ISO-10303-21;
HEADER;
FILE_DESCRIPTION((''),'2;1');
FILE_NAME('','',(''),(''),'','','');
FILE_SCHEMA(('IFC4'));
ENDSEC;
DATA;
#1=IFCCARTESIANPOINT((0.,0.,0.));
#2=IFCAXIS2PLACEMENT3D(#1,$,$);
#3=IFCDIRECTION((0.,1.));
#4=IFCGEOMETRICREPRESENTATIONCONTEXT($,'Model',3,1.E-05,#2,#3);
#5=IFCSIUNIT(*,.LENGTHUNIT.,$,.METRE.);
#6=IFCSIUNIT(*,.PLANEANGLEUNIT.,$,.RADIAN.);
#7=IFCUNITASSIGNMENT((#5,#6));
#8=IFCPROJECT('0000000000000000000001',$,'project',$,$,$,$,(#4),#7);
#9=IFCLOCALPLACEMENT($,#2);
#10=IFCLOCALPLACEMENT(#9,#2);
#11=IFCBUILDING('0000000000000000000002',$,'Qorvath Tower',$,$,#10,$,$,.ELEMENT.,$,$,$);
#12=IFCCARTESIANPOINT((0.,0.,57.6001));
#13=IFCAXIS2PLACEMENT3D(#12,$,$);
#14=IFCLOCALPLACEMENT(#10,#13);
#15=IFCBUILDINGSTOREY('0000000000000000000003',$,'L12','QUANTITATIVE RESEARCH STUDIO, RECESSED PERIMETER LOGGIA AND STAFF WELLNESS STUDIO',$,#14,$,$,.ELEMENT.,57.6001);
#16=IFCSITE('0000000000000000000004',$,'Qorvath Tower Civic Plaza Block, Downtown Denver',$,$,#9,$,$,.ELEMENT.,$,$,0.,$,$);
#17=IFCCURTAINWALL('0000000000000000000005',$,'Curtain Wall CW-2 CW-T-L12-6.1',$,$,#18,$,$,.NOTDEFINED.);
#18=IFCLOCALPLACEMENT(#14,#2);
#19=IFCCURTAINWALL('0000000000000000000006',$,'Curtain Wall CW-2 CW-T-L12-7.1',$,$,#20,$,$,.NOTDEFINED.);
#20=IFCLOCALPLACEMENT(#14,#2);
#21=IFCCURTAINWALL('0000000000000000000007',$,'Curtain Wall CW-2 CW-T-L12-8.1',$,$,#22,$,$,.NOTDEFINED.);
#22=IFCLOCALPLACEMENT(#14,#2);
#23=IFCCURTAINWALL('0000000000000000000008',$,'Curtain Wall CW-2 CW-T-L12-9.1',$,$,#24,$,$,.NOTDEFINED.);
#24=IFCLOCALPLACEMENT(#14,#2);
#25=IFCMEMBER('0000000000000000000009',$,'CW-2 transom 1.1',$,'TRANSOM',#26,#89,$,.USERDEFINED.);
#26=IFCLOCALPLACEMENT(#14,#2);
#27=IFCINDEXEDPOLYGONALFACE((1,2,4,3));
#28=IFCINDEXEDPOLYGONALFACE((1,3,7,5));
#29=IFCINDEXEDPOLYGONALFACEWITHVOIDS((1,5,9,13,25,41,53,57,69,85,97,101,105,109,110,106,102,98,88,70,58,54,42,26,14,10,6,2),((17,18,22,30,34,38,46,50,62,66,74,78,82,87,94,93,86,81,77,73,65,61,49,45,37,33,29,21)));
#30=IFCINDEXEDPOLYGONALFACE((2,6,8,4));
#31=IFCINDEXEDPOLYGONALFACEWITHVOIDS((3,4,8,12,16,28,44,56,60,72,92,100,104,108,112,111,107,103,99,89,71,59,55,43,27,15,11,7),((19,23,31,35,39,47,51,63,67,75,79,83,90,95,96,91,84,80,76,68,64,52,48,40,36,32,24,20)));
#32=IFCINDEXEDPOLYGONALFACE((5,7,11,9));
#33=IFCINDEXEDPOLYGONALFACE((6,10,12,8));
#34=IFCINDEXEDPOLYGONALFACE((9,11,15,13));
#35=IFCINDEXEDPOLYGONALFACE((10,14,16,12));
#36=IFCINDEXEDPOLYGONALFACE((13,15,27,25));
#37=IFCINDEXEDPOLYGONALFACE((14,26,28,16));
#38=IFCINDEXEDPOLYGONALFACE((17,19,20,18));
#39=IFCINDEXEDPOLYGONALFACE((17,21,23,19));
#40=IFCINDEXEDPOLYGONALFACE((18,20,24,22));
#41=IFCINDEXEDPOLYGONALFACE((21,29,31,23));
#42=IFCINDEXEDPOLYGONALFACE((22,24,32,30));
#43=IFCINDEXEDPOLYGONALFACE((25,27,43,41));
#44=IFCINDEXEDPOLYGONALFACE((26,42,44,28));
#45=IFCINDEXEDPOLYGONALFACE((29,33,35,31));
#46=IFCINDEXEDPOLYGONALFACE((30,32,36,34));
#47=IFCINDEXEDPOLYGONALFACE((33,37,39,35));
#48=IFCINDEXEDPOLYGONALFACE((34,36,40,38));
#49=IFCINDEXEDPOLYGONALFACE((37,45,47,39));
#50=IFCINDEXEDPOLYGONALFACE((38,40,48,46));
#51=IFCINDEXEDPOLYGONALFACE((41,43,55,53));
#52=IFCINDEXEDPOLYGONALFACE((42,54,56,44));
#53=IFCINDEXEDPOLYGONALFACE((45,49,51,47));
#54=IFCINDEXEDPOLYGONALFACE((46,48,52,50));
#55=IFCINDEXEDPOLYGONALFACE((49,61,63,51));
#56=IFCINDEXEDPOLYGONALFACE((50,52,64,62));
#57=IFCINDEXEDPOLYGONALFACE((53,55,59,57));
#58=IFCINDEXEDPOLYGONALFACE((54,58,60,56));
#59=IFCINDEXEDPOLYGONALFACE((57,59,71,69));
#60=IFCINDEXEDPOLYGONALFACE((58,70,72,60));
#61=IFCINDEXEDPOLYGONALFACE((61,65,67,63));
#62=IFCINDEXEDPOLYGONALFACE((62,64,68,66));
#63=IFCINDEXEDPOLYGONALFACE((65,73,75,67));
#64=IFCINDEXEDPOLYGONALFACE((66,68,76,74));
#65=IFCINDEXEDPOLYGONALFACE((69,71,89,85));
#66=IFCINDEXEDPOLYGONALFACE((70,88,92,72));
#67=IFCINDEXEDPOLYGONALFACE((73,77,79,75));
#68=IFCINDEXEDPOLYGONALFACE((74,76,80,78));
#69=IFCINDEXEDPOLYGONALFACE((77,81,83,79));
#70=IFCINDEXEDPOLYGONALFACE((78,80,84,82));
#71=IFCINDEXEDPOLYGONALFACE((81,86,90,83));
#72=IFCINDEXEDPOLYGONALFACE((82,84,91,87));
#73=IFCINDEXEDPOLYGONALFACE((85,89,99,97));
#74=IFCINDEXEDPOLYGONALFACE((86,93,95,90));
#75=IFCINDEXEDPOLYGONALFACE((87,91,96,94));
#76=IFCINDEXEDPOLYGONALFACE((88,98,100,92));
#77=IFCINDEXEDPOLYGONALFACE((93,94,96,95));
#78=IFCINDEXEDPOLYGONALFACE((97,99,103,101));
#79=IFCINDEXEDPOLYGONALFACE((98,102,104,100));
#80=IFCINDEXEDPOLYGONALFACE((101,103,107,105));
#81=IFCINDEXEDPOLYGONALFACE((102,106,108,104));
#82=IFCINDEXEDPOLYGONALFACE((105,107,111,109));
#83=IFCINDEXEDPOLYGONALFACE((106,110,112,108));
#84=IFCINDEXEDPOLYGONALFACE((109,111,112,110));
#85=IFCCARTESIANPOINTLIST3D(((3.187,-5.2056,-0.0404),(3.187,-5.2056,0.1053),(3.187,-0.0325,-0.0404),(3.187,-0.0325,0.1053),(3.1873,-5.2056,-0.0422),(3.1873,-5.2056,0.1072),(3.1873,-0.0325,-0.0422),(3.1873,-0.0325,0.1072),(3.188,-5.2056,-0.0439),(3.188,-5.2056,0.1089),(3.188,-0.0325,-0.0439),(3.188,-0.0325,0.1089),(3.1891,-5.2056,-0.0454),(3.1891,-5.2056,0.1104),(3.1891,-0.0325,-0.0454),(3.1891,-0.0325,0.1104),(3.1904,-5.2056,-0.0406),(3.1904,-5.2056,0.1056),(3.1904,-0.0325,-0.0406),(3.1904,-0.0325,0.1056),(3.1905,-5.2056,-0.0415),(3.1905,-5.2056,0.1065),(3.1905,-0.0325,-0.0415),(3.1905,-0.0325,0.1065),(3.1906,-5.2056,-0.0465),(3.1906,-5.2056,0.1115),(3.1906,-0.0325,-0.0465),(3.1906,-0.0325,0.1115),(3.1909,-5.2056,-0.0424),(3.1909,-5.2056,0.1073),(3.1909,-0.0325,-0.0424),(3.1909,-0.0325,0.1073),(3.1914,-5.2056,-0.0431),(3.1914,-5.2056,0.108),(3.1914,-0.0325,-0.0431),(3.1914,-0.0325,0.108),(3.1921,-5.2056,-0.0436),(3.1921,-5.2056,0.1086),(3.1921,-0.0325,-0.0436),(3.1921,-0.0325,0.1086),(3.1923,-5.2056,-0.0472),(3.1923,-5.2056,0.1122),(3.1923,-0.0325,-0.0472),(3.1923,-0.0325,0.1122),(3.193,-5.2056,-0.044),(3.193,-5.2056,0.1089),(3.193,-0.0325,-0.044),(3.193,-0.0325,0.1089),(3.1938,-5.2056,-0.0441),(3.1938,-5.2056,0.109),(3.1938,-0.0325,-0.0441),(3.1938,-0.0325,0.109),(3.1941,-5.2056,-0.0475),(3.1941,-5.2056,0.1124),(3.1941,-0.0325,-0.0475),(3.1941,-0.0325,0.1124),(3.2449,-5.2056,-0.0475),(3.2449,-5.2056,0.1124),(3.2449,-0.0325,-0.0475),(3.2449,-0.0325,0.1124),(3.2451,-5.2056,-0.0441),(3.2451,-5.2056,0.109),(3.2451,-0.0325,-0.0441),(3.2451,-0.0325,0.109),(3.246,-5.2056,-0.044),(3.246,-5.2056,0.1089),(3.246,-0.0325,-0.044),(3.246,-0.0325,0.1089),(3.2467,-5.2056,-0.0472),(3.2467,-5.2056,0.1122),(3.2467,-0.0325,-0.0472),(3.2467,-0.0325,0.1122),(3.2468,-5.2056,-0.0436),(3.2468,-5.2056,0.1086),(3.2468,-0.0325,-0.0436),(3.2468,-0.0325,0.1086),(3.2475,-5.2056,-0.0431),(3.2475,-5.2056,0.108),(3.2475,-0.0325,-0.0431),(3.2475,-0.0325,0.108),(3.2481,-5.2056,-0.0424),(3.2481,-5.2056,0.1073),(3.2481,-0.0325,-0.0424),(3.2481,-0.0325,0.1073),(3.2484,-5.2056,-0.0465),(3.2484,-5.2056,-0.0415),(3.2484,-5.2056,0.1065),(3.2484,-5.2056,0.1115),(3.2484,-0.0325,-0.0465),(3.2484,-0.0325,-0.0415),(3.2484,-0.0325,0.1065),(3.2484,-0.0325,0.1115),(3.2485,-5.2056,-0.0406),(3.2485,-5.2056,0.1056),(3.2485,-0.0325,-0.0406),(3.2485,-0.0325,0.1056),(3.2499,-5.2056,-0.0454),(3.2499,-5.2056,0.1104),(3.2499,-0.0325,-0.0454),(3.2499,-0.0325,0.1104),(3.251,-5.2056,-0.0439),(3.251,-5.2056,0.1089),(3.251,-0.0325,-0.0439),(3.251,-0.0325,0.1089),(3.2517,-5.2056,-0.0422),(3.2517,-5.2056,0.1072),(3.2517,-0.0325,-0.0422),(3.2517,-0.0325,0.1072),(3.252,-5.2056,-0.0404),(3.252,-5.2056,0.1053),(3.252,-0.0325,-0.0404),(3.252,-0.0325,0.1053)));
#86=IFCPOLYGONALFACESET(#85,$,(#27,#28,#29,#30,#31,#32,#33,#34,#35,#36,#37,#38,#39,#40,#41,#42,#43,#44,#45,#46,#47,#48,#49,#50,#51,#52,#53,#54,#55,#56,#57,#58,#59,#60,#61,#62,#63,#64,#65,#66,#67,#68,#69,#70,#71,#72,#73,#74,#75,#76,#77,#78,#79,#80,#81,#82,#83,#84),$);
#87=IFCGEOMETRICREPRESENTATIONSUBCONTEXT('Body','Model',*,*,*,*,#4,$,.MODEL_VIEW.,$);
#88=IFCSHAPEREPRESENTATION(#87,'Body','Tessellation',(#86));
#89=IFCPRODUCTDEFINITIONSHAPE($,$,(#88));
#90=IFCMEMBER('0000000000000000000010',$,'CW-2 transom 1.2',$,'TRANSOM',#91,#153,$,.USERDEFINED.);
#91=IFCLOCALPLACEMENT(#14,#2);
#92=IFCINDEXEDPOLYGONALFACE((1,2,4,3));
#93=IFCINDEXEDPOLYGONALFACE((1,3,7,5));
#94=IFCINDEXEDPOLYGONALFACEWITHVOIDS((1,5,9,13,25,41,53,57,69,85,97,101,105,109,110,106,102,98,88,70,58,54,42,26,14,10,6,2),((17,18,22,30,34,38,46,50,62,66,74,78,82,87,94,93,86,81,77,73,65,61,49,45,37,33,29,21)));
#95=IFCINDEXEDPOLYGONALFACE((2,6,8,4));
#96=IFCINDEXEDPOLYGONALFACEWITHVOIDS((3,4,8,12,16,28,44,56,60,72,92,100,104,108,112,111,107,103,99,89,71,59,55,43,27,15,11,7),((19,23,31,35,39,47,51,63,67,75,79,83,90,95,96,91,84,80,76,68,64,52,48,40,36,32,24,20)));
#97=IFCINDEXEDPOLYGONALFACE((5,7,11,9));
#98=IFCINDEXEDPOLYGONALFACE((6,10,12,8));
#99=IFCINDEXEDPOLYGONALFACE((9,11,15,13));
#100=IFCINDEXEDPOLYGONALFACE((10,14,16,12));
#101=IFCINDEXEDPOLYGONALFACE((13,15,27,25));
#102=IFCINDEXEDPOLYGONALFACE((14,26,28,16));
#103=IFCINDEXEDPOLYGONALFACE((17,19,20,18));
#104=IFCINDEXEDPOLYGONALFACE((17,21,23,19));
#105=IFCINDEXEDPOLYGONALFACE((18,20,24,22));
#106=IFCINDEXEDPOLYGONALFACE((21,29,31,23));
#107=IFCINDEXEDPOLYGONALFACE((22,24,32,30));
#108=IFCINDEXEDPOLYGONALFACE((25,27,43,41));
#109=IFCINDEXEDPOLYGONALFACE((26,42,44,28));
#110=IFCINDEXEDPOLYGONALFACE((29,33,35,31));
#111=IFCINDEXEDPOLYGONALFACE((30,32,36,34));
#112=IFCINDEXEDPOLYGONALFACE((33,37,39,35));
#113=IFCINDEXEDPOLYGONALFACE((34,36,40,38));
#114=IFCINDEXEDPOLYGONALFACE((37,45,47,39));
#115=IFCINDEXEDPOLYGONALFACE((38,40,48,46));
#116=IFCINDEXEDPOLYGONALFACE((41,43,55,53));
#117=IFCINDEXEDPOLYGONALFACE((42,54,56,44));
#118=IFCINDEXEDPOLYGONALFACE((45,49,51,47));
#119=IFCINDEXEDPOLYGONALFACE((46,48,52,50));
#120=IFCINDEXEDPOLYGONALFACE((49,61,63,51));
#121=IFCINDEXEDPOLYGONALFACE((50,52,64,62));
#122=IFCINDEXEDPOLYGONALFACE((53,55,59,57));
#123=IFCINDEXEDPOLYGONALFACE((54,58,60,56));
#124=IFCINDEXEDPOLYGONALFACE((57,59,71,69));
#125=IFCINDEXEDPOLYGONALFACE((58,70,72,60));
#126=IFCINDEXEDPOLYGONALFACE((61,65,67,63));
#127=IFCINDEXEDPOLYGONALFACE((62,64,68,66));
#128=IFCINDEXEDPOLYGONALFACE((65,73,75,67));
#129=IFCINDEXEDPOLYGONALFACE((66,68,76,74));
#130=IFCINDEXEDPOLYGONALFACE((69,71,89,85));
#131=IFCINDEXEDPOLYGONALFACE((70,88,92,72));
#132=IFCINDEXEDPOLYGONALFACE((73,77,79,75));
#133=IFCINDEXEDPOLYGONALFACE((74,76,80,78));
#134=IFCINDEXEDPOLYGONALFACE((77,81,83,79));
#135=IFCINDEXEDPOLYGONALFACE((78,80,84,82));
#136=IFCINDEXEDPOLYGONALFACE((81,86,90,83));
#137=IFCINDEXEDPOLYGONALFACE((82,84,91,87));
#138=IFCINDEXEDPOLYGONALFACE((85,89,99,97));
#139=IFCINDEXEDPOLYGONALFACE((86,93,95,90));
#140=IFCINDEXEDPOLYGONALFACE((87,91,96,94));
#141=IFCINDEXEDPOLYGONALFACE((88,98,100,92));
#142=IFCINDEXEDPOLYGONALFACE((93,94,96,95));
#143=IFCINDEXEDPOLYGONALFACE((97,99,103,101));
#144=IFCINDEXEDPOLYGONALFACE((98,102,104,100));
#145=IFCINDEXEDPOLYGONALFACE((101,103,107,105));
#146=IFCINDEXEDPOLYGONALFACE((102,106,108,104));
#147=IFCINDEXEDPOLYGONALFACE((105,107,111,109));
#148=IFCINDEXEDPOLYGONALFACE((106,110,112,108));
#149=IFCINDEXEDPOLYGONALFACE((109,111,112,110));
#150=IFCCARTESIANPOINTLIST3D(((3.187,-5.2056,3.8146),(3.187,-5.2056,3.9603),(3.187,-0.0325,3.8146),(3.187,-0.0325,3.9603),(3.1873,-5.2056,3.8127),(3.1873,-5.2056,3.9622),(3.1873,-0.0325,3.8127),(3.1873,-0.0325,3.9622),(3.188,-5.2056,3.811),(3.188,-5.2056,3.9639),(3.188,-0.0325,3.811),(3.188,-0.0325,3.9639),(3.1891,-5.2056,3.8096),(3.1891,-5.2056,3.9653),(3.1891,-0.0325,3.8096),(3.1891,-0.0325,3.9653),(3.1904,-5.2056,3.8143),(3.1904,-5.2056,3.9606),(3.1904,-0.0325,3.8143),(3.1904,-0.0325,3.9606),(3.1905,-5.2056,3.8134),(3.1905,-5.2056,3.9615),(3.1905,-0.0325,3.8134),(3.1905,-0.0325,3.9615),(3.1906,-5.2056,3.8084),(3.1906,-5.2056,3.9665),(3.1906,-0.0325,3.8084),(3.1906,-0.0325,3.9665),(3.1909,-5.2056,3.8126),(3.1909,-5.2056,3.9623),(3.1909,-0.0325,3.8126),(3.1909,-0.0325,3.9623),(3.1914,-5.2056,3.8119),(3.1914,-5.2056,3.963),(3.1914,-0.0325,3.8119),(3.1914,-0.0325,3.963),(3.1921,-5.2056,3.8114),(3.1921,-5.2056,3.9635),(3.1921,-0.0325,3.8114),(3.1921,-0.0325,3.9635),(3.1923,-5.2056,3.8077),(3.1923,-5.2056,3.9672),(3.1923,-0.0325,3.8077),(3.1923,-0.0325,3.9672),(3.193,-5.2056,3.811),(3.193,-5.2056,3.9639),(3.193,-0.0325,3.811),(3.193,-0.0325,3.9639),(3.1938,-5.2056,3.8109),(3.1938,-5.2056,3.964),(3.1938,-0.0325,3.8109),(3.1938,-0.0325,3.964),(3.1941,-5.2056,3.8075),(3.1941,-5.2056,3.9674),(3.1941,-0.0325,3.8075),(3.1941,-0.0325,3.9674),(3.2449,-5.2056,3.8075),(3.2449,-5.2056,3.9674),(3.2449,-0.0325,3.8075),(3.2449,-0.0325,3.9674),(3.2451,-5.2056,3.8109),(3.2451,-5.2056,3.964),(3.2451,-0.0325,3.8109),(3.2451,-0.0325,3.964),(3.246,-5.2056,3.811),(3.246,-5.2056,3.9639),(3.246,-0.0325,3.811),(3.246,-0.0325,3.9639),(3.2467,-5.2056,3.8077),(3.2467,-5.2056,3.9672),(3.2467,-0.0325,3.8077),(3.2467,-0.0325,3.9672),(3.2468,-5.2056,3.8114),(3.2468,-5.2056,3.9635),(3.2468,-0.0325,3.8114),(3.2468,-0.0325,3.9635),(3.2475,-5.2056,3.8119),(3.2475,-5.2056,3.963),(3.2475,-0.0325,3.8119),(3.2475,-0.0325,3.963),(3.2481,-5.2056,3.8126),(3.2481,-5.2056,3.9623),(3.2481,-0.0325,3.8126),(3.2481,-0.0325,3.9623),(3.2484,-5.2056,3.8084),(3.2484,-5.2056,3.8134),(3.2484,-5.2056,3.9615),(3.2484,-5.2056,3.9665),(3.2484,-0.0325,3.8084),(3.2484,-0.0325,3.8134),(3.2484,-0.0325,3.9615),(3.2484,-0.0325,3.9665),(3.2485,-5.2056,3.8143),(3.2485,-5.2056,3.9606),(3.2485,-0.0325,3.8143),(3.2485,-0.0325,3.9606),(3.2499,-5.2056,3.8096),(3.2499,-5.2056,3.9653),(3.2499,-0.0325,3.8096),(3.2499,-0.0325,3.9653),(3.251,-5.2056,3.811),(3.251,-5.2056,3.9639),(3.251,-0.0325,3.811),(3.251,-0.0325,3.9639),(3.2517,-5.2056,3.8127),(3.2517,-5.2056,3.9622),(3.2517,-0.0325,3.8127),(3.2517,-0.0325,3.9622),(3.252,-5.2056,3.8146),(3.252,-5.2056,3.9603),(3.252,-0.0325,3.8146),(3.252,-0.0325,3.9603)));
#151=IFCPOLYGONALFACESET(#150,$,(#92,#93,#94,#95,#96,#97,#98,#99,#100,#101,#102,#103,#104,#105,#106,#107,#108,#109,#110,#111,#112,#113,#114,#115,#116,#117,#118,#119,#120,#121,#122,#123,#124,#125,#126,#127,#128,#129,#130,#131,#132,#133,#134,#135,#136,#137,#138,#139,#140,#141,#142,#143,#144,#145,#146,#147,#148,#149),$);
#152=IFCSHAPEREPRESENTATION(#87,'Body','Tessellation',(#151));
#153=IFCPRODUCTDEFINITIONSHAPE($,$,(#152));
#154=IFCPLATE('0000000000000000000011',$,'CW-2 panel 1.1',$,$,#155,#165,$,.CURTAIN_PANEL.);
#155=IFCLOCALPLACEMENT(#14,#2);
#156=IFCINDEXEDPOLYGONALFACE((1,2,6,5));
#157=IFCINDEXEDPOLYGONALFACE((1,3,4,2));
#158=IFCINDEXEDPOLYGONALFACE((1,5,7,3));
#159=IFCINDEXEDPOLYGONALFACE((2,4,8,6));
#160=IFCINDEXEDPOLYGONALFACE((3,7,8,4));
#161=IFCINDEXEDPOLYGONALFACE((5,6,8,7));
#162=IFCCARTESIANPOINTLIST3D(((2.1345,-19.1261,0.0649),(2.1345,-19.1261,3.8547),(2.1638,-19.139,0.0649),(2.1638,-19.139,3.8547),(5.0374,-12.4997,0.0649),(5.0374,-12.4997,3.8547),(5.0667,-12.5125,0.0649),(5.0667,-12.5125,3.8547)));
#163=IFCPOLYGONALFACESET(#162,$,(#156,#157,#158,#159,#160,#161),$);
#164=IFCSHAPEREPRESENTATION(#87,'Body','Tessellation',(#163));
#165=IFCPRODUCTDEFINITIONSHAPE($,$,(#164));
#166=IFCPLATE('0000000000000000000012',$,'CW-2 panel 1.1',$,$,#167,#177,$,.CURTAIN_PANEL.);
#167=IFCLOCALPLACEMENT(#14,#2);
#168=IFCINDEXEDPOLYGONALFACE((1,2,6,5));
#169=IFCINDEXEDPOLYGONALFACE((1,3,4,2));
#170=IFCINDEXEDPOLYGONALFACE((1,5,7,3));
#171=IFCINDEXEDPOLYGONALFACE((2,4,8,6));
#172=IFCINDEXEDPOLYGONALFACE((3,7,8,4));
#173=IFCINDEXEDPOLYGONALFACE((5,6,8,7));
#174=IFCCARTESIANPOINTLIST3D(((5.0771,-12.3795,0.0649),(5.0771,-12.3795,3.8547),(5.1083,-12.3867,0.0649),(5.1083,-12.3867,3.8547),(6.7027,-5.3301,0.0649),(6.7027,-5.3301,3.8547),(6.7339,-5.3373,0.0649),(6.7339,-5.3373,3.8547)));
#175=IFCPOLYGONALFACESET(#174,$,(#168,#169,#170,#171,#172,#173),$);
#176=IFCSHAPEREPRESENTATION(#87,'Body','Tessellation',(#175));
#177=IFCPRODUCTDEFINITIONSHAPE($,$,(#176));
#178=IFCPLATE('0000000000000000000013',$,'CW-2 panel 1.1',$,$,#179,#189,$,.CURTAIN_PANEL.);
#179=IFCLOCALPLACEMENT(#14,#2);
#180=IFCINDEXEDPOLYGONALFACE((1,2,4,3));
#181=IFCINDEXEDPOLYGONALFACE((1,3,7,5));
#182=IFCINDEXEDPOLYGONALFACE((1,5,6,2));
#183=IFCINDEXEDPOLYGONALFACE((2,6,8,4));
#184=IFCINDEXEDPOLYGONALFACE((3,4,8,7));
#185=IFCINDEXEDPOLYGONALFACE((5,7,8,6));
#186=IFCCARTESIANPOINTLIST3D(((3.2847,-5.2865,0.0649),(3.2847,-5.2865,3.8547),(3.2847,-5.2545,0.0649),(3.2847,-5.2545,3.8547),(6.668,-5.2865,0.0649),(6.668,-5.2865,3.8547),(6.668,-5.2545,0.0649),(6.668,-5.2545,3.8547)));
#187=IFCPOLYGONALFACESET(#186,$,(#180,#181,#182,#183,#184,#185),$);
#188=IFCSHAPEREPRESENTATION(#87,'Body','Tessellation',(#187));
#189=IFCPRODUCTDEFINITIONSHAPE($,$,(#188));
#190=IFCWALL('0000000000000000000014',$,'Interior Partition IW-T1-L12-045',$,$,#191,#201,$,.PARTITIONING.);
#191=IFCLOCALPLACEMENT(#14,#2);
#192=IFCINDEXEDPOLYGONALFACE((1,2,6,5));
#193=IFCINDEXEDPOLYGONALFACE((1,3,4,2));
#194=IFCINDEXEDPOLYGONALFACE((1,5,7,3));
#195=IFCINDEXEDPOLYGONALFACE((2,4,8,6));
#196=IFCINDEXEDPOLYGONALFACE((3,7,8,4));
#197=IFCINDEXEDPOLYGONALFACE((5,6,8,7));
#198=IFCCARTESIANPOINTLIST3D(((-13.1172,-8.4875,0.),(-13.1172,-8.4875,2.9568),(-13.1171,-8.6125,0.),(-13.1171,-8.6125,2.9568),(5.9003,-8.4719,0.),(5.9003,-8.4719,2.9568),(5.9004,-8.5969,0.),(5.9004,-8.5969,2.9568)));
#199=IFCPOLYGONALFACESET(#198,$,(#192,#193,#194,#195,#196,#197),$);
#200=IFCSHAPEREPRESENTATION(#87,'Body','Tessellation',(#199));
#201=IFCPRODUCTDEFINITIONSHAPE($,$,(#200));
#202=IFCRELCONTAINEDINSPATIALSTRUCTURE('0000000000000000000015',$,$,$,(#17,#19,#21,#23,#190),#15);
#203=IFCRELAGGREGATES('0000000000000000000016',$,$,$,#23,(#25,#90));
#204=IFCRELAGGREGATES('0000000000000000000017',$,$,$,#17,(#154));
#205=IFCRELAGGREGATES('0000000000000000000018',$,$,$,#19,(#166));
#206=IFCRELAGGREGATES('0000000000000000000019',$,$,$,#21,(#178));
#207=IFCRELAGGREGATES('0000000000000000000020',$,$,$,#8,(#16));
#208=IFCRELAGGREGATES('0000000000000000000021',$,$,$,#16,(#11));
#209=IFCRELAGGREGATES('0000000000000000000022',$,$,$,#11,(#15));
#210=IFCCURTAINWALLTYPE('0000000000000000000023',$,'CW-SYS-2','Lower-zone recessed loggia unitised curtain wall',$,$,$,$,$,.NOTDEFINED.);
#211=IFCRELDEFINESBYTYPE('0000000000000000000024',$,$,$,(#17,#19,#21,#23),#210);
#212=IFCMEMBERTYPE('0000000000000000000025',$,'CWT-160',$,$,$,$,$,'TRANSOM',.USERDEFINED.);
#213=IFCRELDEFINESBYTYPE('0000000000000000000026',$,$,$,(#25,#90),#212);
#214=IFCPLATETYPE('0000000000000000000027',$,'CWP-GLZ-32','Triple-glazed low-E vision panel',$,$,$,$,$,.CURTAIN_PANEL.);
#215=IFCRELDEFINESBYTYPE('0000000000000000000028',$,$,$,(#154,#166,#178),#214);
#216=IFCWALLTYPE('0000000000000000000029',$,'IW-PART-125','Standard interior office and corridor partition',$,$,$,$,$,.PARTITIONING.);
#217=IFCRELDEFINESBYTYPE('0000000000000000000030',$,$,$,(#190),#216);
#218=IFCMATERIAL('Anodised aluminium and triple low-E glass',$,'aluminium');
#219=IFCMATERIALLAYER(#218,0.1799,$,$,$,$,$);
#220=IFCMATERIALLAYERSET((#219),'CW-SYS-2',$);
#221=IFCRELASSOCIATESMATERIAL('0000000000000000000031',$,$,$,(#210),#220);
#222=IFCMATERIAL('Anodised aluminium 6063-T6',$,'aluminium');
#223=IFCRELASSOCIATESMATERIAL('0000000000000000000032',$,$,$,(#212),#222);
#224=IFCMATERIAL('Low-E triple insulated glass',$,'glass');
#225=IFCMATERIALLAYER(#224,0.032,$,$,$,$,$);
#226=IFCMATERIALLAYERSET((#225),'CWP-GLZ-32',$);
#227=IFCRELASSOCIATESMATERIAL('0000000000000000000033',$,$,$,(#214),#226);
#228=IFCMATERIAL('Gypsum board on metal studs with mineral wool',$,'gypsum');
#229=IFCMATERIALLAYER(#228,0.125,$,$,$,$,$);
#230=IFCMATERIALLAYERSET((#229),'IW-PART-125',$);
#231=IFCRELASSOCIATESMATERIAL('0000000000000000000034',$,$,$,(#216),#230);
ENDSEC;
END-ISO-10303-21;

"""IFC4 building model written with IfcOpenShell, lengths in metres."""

from ifc_helpers import new_model, si_unit, direction, frame, frame_2d, origin, origin_2d, place, context, subcontext, project, spatial, rectangle, hollow_rectangle, extrude, material, layer, layer_set, material_profile, profile_set, type_object, element, aggregate, save


model = new_model("IFC4")

# Units and contexts
model_context = context("Model", 3, precision=1e-05, world=origin(), true_north=direction((0.0, 1.0)))
body_context = subcontext(model_context, "Body", "Model", "MODEL_VIEW")
ifc_project = project(units=[si_unit("LENGTHUNIT", "METRE"), si_unit("PLANEANGLEUNIT", "RADIAN")], contexts=[model_context])

# Site, building, storey
site_placement = place(None, origin())
site = spatial("IfcSite", under=ifc_project, at=site_placement, Name="Qorvath Tower Civic Plaza Block, Downtown Denver", CompositionType="ELEMENT", RefElevation=0.0)
building_placement = place(site_placement, origin())
building = spatial("IfcBuilding", under=site, at=building_placement, Name="Qorvath Tower", CompositionType="ELEMENT")
storey_placement = place(building_placement, frame((0.0, 0.0, 57.6001)))
storey = spatial("IfcBuildingStorey", under=building, at=storey_placement, Name="L12", Description="QUANTITATIVE RESEARCH STUDIO, RECESSED PERIMETER LOGGIA AND STAFF WELLNESS STUDIO", CompositionType="ELEMENT", Elevation=57.6001)

# Curtain wall
ifc_material_1 = material(Name="Anodised aluminium and triple low-E glass", Category="aluminium")
ifc_layer_1 = layer(ifc_material_1, 0.1799)
ifc_layer_set_1 = layer_set([ifc_layer_1], Name="CW-SYS-2")
curtain_wall_type = type_object("IfcCurtainWallType", Name="CW-SYS-2", Description="Lower-zone recessed loggia unitised curtain wall", PredefinedType="NOTDEFINED", material=ifc_layer_set_1)
curtain_wall_1_placement = place(storey_placement, origin())
curtain_wall_1 = element("IfcCurtainWall", 1, at=curtain_wall_1_placement, inside=storey, type_object=curtain_wall_type, Name="Curtain Wall CW-2 CW-T-L12-6.1", PredefinedType="NOTDEFINED")

# Curtain walls
curtain_wall_2_placement = place(storey_placement, origin())
curtain_wall_2 = element("IfcCurtainWall", 2, at=curtain_wall_2_placement, inside=storey, type_object=curtain_wall_type, Name="Curtain Wall CW-2 CW-T-L12-7.1", PredefinedType="NOTDEFINED")
curtain_wall_3_placement = place(storey_placement, origin())
curtain_wall_3 = element("IfcCurtainWall", 3, at=curtain_wall_3_placement, inside=storey, type_object=curtain_wall_type, Name="Curtain Wall CW-2 CW-T-L12-8.1", PredefinedType="NOTDEFINED")

# Curtain wall
curtain_wall_4_placement = place(storey_placement, origin())
curtain_wall_4 = element("IfcCurtainWall", 4, at=curtain_wall_4_placement, inside=storey, type_object=curtain_wall_type, Name="Curtain Wall CW-2 CW-T-L12-9.1", PredefinedType="NOTDEFINED")

# Members
ifc_material_2 = material(Name="Anodised aluminium 6063-T6", Category="aluminium")
ifc_material_profile_1 = material_profile(ifc_material_2, hollow_rectangle(XDim=0.0649, YDim=0.1599, WallThickness=0.0034, InnerFilletRadius=0.0034, OuterFilletRadius=0.0071, at=origin_2d()), Name="CWT 160x65")
ifc_profile_set_1 = profile_set([ifc_material_profile_1], Name="Anodised aluminium 6063-T6")
member_type_1 = type_object("IfcMemberType", Name="CWT-160", ElementType="TRANSOM", PredefinedType="USERDEFINED", material=ifc_profile_set_1)
member_1_placement = place(storey_placement, frame((3.2195, -5.2056, 0.0325), z_axis=(0.0, 1.0, 0.0), x_axis=(-1.0, 0.0, 0.0)))
member_1 = element("IfcMember", 5, at=member_1_placement, type_object=member_type_1, Name="CW-2 transom 1.1", ObjectType="TRANSOM", PredefinedType="USERDEFINED", context=body_context, shape_type="SweptSolid", body=[
    extrude(hollow_rectangle(XDim=0.0649, YDim=0.1599, WallThickness=0.0034, InnerFilletRadius=0.0034, OuterFilletRadius=0.0071, at=origin_2d()), origin(), (0.0, 0.0, 1.0), 5.1731),
])
member_2_placement = place(storey_placement, frame((3.2195, -5.2056, 3.8875), z_axis=(0.0, 1.0, 0.0), x_axis=(-1.0, 0.0, 0.0)))
member_2 = element("IfcMember", 6, at=member_2_placement, type_object=member_type_1, Name="CW-2 transom 1.2", ObjectType="TRANSOM", PredefinedType="USERDEFINED", context=body_context, shape_type="SweptSolid", body=[
    extrude(hollow_rectangle(XDim=0.0649, YDim=0.1599, WallThickness=0.0034, InnerFilletRadius=0.0034, OuterFilletRadius=0.0071, at=origin_2d()), origin(), (0.0, 0.0, 1.0), 5.1731),
])
aggregate(curtain_wall_4, [member_1, member_2])

# Plates
ifc_material_3 = material(Name="Low-E triple insulated glass", Category="glass")
ifc_layer_2 = layer(ifc_material_3, 0.032)
ifc_layer_set_2 = layer_set([ifc_layer_2], Name="CWP-GLZ-32")
plate_type = type_object("IfcPlateType", Name="CWP-GLZ-32", Description="Triple-glazed low-E vision panel", PredefinedType="CURTAIN_PANEL", material=ifc_layer_set_2)
plate_1_placement = place(storey_placement, frame((3.6006, -15.8193, 0.0649), z_axis=(0.0, 0.0, 1.0), x_axis=(0.401263, 0.915963, 0.0)))
plate_1 = element("IfcPlate", 7, at=plate_1_placement, type_object=plate_type, Name="CW-2 panel 1.1", PredefinedType="CURTAIN_PANEL", context=body_context, shape_type="SweptSolid", body=[
    extrude(rectangle(XDim=7.2344, YDim=0.032, at=origin_2d()), origin(), (0.0, 0.0, 1.0), 3.7898),
])
aggregate(curtain_wall_1, [plate_1])
plate_2_placement = place(storey_placement, frame((5.9055, -8.8584, 0.0649), z_axis=(0.0, 0.0, 1.0), x_axis=(0.224705, 0.974427, 0.0)))
plate_2 = element("IfcPlate", 8, at=plate_2_placement, type_object=plate_type, Name="CW-2 panel 1.1", PredefinedType="CURTAIN_PANEL", context=body_context, shape_type="SweptSolid", body=[
    extrude(rectangle(XDim=7.2344, YDim=0.032, at=origin_2d()), origin(), (0.0, 0.0, 1.0), 3.7898),
])
aggregate(curtain_wall_2, [plate_2])
plate_3_placement = place(storey_placement, frame((4.9763, -5.2705, 0.0649), z_axis=(0.0, 0.0, 1.0), x_axis=(-1.0, 0.0, 0.0)))
plate_3 = element("IfcPlate", 9, at=plate_3_placement, type_object=plate_type, Name="CW-2 panel 1.1", PredefinedType="CURTAIN_PANEL", context=body_context, shape_type="SweptSolid", body=[
    extrude(rectangle(XDim=3.3833, YDim=0.032, at=origin_2d()), origin(), (0.0, 0.0, 1.0), 3.7898),
])
aggregate(curtain_wall_3, [plate_3])

# Wall
ifc_material_4 = material(Name="Gypsum board on metal studs with mineral wool", Category="gypsum")
ifc_layer_3 = layer(ifc_material_4, 0.125)
ifc_layer_set_3 = layer_set([ifc_layer_3], Name="IW-PART-125")
wall_type_1 = type_object("IfcWallType", Name="IW-PART-125", Description="Standard interior office and corridor partition", PredefinedType="PARTITIONING", material=ifc_layer_set_3)
wall_1_placement = place(storey_placement, frame((5.9004, -8.5344, 0.0), z_axis=(0.0, 0.0, 1.0), x_axis=(-1.0, -0.000822, 0.0)))
element("IfcWall", 10, at=wall_1_placement, inside=storey, type_object=wall_type_1, Name="Interior Partition IW-T1-L12-045", PredefinedType="PARTITIONING", context=body_context, shape_type="SweptSolid", body=[
    extrude(rectangle(XDim=19.0176, YDim=0.125, at=frame_2d((9.5088, 0.0))), origin(), (0.0, 0.0, 1.0), 2.9568),
])

save(model, "model.ifc")
